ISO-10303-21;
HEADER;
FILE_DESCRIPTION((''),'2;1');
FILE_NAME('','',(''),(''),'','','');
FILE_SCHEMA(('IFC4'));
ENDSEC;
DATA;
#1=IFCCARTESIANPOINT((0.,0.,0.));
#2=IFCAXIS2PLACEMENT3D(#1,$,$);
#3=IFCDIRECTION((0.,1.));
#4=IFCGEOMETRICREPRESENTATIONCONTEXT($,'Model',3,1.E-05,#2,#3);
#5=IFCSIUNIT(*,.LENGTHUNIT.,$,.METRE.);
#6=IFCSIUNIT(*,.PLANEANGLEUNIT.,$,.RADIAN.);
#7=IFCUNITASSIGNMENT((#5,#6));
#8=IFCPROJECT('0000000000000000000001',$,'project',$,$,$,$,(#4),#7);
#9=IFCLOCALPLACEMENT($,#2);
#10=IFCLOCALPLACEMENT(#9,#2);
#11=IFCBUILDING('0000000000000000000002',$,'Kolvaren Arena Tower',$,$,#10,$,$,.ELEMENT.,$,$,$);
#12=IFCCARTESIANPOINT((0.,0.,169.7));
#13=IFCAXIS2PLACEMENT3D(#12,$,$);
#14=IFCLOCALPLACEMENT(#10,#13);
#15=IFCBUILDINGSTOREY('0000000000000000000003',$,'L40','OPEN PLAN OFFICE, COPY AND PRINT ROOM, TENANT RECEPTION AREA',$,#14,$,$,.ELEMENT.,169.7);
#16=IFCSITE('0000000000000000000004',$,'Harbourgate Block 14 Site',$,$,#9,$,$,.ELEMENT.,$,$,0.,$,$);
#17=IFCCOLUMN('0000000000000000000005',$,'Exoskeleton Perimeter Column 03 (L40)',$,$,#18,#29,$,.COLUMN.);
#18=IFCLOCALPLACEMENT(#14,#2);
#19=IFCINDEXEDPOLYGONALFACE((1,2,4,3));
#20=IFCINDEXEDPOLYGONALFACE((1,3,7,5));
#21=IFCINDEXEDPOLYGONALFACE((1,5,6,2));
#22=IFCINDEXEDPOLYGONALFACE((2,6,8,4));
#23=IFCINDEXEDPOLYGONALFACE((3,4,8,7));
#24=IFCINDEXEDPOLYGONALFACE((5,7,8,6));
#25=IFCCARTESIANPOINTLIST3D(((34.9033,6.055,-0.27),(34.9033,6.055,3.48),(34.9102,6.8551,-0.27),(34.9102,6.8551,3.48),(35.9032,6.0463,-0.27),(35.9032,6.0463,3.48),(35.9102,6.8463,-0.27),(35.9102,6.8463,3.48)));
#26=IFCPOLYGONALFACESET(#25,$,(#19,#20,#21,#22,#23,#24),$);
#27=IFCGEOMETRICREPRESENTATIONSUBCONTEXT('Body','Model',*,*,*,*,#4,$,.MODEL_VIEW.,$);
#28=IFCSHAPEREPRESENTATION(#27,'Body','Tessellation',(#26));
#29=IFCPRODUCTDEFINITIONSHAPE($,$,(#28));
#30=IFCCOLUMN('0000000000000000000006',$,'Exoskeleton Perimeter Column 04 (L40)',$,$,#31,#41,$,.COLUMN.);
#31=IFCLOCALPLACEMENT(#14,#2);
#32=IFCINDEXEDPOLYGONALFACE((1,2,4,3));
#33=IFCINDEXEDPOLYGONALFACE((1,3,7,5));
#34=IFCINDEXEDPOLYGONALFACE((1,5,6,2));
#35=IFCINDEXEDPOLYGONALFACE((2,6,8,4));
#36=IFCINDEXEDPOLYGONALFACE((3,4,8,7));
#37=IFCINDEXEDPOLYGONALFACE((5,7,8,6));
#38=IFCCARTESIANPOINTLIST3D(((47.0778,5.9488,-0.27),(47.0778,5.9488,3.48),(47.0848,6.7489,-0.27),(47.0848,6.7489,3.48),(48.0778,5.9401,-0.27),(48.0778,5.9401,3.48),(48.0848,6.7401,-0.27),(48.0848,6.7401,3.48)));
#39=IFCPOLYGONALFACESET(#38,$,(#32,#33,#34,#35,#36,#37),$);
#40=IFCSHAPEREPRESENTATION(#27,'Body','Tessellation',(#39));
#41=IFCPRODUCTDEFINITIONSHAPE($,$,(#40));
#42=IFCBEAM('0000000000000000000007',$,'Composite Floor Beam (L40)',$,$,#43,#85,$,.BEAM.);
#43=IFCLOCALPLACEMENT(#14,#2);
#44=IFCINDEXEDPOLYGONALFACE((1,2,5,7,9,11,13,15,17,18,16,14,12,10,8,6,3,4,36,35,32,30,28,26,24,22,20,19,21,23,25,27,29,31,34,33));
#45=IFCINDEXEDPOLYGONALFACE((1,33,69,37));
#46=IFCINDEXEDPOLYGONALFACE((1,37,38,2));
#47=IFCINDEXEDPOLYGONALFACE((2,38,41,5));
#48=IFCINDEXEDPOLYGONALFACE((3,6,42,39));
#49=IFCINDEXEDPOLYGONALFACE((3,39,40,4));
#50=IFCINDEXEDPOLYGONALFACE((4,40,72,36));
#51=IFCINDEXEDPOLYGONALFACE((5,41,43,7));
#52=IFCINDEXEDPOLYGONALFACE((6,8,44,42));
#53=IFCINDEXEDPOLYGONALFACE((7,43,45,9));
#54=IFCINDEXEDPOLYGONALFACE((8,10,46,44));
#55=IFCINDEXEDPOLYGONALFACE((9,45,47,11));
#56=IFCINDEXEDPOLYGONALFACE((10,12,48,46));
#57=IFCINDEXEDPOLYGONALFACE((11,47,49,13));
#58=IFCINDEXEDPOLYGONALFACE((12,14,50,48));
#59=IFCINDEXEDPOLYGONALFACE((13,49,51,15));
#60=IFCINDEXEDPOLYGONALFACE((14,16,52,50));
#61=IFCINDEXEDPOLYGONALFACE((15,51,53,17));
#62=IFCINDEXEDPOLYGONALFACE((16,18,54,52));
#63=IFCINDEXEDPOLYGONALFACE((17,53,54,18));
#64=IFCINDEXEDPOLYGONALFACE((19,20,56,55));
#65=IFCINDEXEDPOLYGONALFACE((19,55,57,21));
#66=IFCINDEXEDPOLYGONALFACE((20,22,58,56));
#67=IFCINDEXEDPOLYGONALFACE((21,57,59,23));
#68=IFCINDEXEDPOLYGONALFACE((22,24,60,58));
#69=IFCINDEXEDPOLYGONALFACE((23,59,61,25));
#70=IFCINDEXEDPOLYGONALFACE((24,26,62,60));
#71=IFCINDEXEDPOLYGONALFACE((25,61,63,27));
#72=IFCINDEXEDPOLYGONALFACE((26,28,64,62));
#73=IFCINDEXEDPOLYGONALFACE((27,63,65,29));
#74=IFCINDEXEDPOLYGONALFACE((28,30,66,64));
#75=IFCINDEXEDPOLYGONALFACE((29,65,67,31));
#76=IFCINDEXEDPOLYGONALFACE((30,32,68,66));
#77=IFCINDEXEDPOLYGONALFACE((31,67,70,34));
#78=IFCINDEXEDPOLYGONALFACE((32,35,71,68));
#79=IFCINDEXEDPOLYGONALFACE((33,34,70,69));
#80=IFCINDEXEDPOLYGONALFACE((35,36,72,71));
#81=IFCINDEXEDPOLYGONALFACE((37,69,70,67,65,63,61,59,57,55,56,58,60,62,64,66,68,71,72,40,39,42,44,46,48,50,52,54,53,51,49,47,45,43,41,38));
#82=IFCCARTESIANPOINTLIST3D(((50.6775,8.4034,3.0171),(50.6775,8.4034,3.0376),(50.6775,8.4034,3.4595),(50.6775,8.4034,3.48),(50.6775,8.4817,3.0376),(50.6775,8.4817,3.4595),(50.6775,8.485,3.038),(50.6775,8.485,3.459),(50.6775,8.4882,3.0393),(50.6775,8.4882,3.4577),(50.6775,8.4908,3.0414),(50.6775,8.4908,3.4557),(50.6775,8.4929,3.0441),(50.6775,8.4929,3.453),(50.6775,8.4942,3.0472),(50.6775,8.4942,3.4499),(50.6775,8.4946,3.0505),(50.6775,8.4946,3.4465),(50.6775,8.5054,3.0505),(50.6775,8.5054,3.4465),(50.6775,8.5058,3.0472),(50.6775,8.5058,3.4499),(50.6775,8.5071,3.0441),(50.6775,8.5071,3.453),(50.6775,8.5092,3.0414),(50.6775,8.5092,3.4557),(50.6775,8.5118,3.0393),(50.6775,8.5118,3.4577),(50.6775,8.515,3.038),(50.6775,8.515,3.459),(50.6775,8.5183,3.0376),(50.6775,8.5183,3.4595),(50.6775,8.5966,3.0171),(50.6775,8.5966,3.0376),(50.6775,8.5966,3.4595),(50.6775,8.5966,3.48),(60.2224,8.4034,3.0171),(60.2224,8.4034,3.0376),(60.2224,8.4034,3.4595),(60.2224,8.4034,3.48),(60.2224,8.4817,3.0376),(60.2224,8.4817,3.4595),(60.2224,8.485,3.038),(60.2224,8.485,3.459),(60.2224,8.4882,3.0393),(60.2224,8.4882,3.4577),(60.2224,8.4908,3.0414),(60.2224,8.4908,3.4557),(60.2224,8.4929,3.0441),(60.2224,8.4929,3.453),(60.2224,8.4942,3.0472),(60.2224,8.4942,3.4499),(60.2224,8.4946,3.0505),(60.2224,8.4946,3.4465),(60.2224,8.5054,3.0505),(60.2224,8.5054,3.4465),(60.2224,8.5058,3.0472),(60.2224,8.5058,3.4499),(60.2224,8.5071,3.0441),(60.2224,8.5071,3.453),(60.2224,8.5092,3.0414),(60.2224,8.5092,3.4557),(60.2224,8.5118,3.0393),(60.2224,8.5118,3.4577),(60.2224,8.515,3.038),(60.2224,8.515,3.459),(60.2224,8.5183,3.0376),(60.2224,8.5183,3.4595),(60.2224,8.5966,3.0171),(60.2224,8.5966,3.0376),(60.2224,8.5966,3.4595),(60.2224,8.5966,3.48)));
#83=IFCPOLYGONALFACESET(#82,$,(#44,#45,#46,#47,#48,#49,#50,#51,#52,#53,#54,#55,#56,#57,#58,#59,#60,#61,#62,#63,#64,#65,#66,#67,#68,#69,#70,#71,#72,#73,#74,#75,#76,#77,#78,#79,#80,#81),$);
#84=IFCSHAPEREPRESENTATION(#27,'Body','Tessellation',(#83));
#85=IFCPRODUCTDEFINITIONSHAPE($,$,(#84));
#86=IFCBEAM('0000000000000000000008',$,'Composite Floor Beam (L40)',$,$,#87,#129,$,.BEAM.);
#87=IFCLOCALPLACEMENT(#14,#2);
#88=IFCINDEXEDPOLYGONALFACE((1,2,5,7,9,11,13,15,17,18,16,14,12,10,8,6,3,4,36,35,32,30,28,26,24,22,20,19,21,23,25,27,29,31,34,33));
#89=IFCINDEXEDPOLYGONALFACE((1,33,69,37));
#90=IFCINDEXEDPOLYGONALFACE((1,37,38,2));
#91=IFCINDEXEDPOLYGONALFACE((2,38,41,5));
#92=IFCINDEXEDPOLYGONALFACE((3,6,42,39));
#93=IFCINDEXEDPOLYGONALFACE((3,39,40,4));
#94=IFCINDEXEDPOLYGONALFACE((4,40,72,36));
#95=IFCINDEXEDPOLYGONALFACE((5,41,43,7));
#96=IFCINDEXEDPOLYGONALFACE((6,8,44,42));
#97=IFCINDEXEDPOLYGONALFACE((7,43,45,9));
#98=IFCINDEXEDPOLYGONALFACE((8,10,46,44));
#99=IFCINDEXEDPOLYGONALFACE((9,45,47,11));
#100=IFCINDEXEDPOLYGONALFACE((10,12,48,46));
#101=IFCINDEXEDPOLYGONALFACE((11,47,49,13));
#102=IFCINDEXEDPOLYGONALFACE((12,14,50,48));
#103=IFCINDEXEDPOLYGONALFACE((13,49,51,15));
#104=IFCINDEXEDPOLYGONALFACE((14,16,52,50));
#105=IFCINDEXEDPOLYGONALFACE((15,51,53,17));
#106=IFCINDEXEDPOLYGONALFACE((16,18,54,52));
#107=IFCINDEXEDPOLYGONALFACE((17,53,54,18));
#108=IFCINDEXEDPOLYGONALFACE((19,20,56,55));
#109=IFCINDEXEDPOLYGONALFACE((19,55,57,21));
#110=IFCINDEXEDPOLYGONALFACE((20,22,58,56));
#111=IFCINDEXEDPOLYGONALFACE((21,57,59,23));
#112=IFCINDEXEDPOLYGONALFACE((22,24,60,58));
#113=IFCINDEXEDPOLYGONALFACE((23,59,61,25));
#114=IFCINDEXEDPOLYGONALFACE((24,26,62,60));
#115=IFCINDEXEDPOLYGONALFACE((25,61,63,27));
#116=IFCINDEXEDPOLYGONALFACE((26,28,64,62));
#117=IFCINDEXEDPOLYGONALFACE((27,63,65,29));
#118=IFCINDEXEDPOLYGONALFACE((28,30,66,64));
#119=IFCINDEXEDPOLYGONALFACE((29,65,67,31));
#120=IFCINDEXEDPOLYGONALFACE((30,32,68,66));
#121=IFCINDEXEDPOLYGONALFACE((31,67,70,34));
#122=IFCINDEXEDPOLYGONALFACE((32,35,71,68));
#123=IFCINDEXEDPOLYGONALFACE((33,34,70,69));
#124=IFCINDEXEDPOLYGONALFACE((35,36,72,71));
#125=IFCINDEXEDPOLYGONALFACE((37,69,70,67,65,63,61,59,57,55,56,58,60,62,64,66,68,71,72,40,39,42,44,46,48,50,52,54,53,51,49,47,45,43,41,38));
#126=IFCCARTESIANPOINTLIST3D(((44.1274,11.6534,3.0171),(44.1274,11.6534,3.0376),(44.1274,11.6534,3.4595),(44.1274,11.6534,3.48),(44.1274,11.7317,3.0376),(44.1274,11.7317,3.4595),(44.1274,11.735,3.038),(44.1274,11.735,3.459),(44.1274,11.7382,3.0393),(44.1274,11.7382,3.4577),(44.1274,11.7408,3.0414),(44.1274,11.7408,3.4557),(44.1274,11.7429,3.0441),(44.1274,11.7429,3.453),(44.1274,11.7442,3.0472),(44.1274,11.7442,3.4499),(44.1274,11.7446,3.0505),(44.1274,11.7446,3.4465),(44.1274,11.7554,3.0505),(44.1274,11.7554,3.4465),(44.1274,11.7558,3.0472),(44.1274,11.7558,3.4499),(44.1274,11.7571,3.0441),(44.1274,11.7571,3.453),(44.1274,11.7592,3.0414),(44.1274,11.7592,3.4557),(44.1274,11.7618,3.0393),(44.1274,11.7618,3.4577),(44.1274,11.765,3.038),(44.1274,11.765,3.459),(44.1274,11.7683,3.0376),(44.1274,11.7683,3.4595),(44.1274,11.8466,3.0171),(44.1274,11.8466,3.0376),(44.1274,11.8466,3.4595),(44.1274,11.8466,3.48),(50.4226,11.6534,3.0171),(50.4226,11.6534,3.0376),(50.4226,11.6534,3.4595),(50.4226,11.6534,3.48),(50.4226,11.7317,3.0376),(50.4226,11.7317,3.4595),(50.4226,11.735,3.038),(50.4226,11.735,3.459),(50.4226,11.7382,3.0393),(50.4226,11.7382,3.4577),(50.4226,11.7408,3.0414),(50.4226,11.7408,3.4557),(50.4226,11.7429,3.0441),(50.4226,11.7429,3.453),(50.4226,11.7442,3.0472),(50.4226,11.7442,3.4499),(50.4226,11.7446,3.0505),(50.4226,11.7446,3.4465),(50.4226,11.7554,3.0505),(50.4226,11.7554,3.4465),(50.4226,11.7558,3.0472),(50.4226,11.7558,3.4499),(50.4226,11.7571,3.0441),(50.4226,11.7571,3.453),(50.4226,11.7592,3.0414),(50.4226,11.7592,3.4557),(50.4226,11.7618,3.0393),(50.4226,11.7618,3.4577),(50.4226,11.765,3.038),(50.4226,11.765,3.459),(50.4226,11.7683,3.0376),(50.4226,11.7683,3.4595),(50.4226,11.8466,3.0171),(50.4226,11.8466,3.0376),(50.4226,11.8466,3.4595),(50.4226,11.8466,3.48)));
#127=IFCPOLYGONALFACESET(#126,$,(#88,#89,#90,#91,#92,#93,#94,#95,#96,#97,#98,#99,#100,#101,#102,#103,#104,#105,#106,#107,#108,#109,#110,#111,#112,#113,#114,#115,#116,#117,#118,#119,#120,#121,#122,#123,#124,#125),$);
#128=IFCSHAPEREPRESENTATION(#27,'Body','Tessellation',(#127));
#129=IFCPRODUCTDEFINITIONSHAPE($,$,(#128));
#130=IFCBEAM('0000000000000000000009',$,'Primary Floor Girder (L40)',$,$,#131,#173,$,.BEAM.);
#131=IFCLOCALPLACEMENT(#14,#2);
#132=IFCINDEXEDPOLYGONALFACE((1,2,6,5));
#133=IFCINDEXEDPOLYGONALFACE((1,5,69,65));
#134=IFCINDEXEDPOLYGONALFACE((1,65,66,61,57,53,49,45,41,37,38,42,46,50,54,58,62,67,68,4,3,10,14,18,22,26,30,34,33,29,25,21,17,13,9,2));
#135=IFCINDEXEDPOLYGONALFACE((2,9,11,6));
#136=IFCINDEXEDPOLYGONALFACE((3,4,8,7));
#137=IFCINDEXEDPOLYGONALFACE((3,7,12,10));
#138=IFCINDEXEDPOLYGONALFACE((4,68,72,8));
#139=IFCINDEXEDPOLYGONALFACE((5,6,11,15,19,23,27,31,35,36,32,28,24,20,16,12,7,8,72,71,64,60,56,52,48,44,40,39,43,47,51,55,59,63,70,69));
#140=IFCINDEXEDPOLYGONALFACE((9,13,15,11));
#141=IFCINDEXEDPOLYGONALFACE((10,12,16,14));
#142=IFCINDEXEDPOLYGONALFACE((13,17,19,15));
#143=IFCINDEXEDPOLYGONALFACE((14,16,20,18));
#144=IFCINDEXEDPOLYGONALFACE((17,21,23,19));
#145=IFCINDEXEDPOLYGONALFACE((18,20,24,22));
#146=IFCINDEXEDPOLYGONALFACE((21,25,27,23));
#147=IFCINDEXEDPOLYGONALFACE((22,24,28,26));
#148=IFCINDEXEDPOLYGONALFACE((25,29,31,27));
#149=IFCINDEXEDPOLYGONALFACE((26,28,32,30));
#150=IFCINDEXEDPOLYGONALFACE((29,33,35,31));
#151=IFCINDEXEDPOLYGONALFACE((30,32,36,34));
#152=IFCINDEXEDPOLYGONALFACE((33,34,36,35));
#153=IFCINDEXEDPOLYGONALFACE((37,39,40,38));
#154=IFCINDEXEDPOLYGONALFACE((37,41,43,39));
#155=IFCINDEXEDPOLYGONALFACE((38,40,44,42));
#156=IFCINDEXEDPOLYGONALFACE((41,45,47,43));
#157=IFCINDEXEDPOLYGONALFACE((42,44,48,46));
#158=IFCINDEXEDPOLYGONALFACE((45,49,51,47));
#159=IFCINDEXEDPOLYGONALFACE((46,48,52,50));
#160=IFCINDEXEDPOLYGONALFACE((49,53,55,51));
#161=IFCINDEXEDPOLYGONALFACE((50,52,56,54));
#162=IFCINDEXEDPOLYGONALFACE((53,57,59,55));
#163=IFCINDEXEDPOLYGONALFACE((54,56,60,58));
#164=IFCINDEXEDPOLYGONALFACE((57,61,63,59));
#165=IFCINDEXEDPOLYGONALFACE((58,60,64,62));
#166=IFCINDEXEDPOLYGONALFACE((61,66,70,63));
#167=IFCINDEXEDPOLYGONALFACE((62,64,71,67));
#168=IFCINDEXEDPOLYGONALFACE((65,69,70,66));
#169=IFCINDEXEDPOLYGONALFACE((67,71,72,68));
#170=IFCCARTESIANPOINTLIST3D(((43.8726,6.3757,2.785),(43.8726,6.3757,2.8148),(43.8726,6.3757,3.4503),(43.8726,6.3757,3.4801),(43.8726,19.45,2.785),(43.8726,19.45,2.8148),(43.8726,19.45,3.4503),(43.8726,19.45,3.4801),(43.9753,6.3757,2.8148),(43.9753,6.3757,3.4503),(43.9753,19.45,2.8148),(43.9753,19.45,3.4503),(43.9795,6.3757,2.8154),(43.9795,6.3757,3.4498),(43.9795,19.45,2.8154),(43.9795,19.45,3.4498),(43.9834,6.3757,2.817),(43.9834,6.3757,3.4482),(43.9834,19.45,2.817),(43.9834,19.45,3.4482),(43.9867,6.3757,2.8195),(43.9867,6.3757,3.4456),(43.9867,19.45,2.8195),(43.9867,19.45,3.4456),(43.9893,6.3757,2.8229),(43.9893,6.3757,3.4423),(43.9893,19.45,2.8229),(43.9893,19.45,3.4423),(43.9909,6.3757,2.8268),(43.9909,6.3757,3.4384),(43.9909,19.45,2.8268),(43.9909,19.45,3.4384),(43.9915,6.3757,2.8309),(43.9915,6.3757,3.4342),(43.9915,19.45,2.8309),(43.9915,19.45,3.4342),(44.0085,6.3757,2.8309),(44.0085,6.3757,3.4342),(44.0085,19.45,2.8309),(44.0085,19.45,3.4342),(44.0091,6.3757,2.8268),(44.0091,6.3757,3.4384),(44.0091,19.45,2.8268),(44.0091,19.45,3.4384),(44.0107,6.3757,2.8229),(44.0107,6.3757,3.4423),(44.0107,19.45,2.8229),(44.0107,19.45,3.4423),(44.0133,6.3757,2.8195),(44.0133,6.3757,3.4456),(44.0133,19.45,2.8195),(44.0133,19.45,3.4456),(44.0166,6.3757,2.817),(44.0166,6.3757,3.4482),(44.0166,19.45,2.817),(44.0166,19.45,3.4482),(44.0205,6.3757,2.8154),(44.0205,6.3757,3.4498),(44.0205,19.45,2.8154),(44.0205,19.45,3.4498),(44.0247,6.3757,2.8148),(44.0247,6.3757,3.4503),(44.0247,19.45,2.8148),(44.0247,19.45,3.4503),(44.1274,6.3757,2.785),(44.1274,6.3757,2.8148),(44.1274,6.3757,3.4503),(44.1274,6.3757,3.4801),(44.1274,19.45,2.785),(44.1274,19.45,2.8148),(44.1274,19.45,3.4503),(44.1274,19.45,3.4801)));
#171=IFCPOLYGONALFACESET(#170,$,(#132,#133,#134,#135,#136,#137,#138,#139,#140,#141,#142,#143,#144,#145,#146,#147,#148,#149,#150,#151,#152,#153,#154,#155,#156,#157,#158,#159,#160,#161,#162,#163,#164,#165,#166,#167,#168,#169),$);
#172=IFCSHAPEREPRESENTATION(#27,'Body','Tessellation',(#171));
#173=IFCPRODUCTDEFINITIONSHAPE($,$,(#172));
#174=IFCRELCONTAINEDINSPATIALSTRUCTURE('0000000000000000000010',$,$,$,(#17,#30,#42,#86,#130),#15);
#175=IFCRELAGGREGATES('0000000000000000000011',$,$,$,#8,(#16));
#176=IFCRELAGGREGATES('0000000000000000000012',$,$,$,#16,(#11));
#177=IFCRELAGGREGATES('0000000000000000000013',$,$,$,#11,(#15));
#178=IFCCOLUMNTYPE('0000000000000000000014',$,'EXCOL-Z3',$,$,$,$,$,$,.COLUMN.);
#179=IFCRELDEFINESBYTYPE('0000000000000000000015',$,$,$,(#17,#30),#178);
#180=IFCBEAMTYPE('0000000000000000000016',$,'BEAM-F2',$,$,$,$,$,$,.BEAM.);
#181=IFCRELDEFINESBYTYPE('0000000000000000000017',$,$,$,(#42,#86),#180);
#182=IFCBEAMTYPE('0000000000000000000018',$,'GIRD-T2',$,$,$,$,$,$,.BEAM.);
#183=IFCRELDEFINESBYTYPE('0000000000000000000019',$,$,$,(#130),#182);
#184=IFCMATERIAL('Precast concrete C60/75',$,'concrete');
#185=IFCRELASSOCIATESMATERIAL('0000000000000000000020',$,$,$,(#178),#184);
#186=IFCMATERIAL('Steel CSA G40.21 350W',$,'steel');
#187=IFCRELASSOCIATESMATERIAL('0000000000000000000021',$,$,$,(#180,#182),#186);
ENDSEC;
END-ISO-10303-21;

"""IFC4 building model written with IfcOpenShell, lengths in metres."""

from ifc_helpers import new_model, si_unit, direction, frame, origin, origin_2d, place, context, subcontext, project, spatial, rectangle, i_section, extrude, material, material_profile, profile_set, type_object, element, save


model = new_model("IFC4")

# Units and contexts
model_context = context("Model", 3, precision=1e-05, world=origin(), true_north=direction((0.0, 1.0)))
body_context = subcontext(model_context, "Body", "Model", "MODEL_VIEW")
ifc_project = project(units=[si_unit("LENGTHUNIT", "METRE"), si_unit("PLANEANGLEUNIT", "RADIAN")], contexts=[model_context])

# Site, building, storey
site_placement = place(None, origin())
site = spatial("IfcSite", under=ifc_project, at=site_placement, Name="Harbourgate Block 14 Site", CompositionType="ELEMENT", RefElevation=0.0)
building_placement = place(site_placement, origin())
building = spatial("IfcBuilding", under=site, at=building_placement, Name="Kolvaren Arena Tower", CompositionType="ELEMENT")
storey_placement = place(building_placement, frame((0.0, 0.0, 169.7)))
storey = spatial("IfcBuildingStorey", under=building, at=storey_placement, Name="L40", Description="OPEN PLAN OFFICE, COPY AND PRINT ROOM, TENANT RECEPTION AREA", CompositionType="ELEMENT", Elevation=169.7)

# Columns
ifc_material_1 = material(Name="Precast concrete C60/75", Category="concrete")
ifc_material_profile_1 = material_profile(ifc_material_1, rectangle(XDim=1.0, YDim=0.8, at=origin_2d()), Name="RC-1000x800")
ifc_profile_set_1 = profile_set([ifc_material_profile_1], Name="Precast concrete C60/75")
column_type = type_object("IfcColumnType", Name="EXCOL-Z3", PredefinedType="COLUMN", material=ifc_profile_set_1)
for number, where, z_axis, x_axis, name in (
    (1, (35.4067, 6.4507, -0.27), (0.0, 0.0, 1.0), (0.999962, -0.008727, 0.0), "Exoskeleton Perimeter Column 03 (L40)"),
    (2, (47.5813, 6.3445, -0.27), (0.0, 0.0, 1.0), (0.999962, -0.008727, 0.0), "Exoskeleton Perimeter Column 04 (L40)"),
):
    element("IfcColumn", number, at=place(storey_placement, frame(where, z_axis=z_axis, x_axis=x_axis)), inside=storey, type_object=column_type, Name=name, PredefinedType="COLUMN", context=body_context, shape_type="SweptSolid", body=[
        extrude(rectangle(XDim=1.0, YDim=0.8, at=origin_2d()), origin(), (0.0, 0.0, 1.0), 3.75),
    ])

# Beams
ifc_material_2 = material(Name="Steel CSA G40.21 350W", Category="steel")
ifc_material_profile_2 = material_profile(ifc_material_2, i_section(OverallWidth=0.1931, OverallDepth=0.4629, WebThickness=0.0107, FlangeThickness=0.0205, FilletRadius=0.0129, at=origin_2d()), Name="W460x113")
ifc_profile_set_2 = profile_set([ifc_material_profile_2], Name="Steel CSA G40.21 350W")
beam_type_1 = type_object("IfcBeamType", Name="BEAM-F2", PredefinedType="BEAM", material=ifc_profile_set_2)
beam_1_placement = place(storey_placement, frame((50.6775, 8.5, 3.2485), z_axis=(1.0, 0.0, 0.0), x_axis=(0.0, 1.0, 0.0)))
element("IfcBeam", 3, at=beam_1_placement, inside=storey, type_object=beam_type_1, Name="Composite Floor Beam (L40)", PredefinedType="BEAM", context=body_context, shape_type="SweptSolid", body=[
    extrude(i_section(OverallWidth=0.1931, OverallDepth=0.4629, WebThickness=0.0107, FlangeThickness=0.0205, FilletRadius=0.0129, at=origin_2d()), origin(), (0.0, 0.0, 1.0), 9.5449),
])
beam_2_placement = place(storey_placement, frame((44.1274, 11.75, 3.2485), z_axis=(1.0, 0.0, 0.0), x_axis=(0.0, 1.0, 0.0)))
element("IfcBeam", 4, at=beam_2_placement, inside=storey, type_object=beam_type_1, Name="Composite Floor Beam (L40)", PredefinedType="BEAM", context=body_context, shape_type="SweptSolid", body=[
    extrude(i_section(OverallWidth=0.1931, OverallDepth=0.4629, WebThickness=0.0107, FlangeThickness=0.0205, FilletRadius=0.0129, at=origin_2d()), origin(), (0.0, 0.0, 1.0), 6.2952),
])
ifc_material_profile_3 = material_profile(ifc_material_2, i_section(OverallWidth=0.2549, OverallDepth=0.6951, WebThickness=0.0171, FlangeThickness=0.0298, FilletRadius=0.0161, at=origin_2d()), Name="W690x217")
ifc_profile_set_3 = profile_set([ifc_material_profile_3], Name="Steel CSA G40.21 350W")
beam_type_2 = type_object("IfcBeamType", Name="GIRD-T2", PredefinedType="BEAM", material=ifc_profile_set_3)
beam_3_placement = place(storey_placement, frame((44.0, 6.3757, 3.1326), z_axis=(0.0, 1.0, 0.0), x_axis=(-1.0, 0.0, 0.0)))
element("IfcBeam", 5, at=beam_3_placement, inside=storey, type_object=beam_type_2, Name="Primary Floor Girder (L40)", PredefinedType="BEAM", context=body_context, shape_type="SweptSolid", body=[
    extrude(i_section(OverallWidth=0.2549, OverallDepth=0.6951, WebThickness=0.0171, FlangeThickness=0.0298, FilletRadius=0.0161, at=origin_2d()), origin(), (0.0, 0.0, 1.0), 13.0742),
])

save(model, "model.ifc")
